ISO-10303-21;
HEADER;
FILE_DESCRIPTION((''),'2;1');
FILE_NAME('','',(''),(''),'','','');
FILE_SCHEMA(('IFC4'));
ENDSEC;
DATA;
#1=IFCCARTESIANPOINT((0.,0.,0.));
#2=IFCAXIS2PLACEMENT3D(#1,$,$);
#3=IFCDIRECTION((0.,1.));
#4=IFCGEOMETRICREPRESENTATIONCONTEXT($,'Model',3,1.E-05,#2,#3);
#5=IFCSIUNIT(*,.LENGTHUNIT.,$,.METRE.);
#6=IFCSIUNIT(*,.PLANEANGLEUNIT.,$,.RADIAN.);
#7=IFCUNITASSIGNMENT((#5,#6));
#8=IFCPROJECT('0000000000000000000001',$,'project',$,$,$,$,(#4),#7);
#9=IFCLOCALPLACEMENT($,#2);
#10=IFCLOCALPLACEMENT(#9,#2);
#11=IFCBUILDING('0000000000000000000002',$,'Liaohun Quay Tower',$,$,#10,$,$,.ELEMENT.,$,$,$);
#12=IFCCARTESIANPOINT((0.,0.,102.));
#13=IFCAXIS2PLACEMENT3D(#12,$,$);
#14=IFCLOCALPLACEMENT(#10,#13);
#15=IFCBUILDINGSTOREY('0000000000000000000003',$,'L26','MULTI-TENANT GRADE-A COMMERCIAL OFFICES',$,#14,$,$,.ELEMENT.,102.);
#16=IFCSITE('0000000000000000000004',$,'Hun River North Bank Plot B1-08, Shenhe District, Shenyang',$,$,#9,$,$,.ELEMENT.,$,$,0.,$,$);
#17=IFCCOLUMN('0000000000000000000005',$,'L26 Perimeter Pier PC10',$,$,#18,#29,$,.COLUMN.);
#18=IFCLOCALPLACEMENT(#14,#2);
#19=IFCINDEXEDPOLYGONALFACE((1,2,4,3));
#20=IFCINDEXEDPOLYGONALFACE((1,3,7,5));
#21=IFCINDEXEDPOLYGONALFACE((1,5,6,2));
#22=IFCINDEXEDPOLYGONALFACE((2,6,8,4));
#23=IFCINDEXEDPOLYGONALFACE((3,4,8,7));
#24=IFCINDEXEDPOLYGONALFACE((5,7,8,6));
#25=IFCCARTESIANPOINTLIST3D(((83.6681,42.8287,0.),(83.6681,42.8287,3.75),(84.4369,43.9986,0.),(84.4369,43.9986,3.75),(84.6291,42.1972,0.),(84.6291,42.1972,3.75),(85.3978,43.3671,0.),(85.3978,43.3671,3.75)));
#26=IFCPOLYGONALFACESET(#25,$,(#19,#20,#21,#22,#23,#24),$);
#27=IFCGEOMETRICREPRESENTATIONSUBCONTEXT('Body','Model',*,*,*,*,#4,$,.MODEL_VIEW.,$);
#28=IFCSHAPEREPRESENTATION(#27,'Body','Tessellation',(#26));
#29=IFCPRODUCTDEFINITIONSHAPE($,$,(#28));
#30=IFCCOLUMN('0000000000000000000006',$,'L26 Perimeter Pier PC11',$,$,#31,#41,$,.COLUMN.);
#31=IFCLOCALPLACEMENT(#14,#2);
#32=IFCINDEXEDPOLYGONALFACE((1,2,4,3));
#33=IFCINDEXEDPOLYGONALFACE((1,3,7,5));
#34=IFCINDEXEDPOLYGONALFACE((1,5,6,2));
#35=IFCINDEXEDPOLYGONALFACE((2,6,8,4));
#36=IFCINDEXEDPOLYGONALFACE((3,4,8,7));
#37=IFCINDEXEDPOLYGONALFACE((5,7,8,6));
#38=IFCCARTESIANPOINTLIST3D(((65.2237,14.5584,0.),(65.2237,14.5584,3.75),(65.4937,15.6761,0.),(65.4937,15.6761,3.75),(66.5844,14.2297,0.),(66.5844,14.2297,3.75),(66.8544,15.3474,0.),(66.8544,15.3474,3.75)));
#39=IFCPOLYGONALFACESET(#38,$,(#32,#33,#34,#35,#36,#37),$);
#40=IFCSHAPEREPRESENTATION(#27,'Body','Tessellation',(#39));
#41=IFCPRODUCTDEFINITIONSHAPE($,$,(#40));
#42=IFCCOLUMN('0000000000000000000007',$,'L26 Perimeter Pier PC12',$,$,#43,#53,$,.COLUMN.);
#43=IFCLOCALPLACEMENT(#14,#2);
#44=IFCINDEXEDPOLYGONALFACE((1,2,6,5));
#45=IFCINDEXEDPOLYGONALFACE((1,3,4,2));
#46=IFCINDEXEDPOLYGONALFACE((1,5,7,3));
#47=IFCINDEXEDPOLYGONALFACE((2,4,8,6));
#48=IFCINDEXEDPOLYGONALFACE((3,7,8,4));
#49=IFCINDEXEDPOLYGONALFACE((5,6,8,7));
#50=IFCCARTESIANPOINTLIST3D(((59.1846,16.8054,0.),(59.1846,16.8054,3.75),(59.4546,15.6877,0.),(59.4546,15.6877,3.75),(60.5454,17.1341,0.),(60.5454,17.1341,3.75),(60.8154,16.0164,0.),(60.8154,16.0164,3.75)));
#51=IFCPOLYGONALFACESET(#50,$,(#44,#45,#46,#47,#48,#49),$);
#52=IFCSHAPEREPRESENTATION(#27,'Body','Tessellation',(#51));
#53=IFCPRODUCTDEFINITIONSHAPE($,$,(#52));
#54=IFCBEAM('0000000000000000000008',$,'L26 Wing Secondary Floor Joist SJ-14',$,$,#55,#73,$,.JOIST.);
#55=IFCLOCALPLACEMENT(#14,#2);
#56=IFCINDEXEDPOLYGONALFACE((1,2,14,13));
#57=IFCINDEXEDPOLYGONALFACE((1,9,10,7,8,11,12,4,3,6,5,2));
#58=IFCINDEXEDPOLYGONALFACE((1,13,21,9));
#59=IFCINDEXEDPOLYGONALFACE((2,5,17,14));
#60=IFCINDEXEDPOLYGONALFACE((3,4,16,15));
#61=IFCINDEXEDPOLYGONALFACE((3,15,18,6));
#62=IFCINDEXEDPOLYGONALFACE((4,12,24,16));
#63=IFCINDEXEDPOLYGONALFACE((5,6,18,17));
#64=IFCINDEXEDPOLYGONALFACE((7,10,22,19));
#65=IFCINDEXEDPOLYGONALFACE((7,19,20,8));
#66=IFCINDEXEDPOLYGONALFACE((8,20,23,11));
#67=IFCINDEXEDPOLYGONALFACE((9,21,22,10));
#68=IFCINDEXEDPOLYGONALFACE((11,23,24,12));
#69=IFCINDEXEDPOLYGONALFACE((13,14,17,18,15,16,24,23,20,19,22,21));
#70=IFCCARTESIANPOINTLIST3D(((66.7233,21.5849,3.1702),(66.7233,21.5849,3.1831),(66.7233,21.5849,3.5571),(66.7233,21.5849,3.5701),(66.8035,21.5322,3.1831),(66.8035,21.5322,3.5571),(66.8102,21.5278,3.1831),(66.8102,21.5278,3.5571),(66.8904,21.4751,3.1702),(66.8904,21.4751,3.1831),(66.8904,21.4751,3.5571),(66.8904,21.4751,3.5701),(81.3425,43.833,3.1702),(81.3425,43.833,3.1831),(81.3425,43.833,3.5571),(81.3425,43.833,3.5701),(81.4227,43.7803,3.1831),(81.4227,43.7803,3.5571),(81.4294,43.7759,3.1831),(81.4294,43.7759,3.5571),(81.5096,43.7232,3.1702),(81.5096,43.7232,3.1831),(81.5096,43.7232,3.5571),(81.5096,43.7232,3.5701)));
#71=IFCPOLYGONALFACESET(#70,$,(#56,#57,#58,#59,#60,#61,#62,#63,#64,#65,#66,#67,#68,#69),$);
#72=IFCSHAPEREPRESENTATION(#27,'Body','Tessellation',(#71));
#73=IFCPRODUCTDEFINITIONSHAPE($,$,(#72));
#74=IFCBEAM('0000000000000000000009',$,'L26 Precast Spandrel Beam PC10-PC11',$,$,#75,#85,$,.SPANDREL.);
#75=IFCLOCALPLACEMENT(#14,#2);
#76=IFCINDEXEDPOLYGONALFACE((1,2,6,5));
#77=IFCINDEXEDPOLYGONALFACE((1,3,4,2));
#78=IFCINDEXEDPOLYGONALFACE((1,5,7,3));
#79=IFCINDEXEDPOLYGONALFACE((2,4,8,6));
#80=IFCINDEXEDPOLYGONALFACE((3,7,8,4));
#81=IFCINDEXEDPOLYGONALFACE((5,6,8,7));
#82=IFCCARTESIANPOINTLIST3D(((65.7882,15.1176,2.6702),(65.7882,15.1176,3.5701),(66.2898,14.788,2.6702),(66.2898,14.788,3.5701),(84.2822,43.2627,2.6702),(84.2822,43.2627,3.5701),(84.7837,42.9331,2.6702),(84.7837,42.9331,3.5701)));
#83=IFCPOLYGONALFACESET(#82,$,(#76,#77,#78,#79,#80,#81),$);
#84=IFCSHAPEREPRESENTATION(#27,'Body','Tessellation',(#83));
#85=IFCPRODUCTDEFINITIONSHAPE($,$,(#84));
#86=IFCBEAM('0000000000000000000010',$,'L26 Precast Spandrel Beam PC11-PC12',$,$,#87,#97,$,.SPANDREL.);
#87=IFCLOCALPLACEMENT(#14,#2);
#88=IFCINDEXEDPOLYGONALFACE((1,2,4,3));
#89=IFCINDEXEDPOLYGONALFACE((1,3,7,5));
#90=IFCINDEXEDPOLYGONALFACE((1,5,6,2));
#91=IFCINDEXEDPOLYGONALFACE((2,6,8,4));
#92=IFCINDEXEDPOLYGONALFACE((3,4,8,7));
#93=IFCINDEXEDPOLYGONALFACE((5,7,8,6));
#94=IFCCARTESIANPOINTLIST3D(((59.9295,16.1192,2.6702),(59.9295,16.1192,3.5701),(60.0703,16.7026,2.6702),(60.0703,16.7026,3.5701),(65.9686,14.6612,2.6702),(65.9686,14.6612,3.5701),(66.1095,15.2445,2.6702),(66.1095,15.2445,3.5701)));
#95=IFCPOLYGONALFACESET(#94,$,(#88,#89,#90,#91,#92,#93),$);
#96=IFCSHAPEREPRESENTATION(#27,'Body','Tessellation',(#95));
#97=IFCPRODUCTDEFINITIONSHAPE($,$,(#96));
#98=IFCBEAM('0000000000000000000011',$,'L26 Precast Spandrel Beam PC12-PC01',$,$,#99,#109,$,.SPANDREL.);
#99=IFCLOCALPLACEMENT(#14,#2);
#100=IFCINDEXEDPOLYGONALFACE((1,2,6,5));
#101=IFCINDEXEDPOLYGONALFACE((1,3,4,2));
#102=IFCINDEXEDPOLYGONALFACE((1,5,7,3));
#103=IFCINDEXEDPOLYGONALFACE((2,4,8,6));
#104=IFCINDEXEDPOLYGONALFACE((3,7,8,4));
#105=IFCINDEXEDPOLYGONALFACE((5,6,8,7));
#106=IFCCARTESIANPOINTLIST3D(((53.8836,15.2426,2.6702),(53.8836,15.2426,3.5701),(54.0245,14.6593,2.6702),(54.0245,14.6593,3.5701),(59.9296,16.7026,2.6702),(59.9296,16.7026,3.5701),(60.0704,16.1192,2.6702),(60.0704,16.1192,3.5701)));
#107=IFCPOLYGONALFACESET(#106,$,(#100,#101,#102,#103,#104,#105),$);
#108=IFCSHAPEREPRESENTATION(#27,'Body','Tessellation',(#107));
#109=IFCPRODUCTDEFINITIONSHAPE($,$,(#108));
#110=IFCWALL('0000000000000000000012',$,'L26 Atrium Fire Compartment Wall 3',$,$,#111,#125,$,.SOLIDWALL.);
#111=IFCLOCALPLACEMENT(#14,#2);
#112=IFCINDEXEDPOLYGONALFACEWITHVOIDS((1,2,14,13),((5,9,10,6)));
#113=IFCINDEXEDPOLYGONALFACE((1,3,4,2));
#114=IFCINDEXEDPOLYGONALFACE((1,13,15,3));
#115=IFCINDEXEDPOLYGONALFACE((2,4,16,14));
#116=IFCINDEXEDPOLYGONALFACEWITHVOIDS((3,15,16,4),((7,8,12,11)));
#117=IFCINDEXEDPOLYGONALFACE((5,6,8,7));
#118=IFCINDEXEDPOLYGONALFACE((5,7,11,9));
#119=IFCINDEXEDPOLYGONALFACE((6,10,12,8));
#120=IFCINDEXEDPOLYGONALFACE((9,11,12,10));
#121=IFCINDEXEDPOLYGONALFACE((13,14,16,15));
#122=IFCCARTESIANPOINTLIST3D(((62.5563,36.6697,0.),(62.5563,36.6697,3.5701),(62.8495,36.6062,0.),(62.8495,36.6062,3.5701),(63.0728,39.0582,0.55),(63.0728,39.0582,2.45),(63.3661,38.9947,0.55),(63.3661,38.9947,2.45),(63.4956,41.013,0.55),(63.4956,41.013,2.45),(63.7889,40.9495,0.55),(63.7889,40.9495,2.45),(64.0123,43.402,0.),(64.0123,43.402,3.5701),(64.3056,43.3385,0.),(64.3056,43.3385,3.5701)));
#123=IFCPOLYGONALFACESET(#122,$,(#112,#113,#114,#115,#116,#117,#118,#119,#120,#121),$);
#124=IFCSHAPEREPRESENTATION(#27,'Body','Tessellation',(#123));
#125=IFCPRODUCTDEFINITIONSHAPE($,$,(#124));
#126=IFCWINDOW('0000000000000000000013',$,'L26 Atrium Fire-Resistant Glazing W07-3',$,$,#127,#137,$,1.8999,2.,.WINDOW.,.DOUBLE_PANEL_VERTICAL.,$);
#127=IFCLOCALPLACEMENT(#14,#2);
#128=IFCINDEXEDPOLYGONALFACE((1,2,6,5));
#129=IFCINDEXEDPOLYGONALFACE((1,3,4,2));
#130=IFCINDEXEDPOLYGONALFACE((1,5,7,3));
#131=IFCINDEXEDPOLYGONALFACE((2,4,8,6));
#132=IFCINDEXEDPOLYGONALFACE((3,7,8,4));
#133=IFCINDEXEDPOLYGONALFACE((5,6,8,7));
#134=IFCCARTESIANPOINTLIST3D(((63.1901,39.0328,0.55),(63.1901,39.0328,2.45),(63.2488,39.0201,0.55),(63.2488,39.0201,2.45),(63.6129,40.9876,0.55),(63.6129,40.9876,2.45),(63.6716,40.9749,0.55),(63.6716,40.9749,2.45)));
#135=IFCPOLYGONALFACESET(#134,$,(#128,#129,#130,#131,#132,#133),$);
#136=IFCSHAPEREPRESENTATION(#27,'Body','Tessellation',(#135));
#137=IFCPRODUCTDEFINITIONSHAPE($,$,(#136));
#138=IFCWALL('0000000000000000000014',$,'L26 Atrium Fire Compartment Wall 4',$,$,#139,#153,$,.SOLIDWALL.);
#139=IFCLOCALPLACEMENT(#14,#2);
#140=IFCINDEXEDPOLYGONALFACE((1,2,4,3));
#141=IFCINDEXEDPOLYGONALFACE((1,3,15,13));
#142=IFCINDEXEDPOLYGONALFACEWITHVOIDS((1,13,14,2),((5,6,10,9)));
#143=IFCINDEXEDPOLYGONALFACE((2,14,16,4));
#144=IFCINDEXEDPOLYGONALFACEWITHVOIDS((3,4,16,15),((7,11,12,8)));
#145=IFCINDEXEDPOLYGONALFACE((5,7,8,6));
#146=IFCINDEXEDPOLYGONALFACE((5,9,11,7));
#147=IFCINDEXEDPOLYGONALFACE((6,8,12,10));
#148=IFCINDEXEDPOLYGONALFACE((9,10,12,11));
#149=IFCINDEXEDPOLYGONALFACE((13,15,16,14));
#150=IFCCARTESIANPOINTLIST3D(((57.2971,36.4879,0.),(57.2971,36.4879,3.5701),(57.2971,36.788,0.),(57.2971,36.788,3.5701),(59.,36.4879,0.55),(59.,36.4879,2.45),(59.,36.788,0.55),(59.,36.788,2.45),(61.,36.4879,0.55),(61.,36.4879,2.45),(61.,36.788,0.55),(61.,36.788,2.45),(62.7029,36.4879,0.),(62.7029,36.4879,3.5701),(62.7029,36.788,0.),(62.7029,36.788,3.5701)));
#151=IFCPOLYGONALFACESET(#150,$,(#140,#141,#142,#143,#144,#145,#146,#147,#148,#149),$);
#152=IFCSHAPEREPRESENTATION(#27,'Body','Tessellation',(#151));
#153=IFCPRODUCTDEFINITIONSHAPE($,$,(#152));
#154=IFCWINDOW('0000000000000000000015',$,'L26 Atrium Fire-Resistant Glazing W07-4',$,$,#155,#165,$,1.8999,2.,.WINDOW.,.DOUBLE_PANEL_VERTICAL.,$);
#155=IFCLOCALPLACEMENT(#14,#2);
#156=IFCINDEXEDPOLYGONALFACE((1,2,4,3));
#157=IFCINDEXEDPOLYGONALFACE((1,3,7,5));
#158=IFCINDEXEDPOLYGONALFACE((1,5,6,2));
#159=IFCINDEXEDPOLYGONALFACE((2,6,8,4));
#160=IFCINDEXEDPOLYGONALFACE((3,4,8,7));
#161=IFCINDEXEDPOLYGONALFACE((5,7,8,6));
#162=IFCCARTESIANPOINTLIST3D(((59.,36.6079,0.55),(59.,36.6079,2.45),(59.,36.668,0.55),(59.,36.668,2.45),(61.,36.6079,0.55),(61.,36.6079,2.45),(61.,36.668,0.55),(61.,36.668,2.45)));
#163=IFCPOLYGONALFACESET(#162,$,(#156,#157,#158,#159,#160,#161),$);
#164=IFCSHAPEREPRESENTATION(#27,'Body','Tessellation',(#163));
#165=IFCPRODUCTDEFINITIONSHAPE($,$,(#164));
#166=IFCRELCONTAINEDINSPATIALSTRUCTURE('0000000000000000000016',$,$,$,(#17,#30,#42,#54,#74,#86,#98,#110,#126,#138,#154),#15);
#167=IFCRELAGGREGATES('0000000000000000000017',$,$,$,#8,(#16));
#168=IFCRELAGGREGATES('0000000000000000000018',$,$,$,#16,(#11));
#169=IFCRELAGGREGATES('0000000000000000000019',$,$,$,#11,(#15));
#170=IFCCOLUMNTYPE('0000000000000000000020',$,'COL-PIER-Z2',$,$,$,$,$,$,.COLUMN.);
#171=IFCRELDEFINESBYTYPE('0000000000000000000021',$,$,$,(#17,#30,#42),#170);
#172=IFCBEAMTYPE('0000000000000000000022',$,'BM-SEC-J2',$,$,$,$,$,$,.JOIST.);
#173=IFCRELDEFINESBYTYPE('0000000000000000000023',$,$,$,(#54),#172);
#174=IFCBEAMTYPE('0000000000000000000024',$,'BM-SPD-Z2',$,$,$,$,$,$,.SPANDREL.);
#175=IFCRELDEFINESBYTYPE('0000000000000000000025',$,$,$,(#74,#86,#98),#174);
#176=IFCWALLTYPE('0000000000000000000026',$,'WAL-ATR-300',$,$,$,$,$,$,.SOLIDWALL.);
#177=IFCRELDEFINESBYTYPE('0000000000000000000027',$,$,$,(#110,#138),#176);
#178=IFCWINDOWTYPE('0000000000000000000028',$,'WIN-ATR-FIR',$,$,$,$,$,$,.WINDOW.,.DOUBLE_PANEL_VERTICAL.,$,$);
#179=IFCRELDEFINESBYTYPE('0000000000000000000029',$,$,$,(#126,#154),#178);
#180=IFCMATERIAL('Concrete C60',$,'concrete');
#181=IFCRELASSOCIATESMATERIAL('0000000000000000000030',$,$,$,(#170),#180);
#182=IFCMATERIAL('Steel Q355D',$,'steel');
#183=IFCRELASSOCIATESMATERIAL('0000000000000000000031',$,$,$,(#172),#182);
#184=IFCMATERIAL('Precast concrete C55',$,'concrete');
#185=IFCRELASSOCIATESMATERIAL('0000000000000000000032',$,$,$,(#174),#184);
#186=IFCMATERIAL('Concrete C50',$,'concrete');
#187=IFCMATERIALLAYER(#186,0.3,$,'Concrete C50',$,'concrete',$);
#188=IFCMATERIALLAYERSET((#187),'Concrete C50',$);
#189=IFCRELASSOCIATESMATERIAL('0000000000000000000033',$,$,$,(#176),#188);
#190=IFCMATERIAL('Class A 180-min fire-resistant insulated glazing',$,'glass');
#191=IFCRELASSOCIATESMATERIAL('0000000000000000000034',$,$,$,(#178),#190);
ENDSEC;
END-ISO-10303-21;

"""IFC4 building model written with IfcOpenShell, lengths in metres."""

from ifc_helpers import new_model, si_unit, direction, frame, frame_2d, origin, origin_2d, place, context, subcontext, project, spatial, rectangle, i_section, extrude, source, transform, mapped, material, layer, layer_set, material_profile, profile_set, type_object, element, fill, save


model = new_model("IFC4")

# Units and contexts
model_context = context("Model", 3, precision=1e-05, world=origin(), true_north=direction((0.0, 1.0)))
body_context = subcontext(model_context, "Body", "Model", "MODEL_VIEW")
ifc_project = project(units=[si_unit("LENGTHUNIT", "METRE"), si_unit("PLANEANGLEUNIT", "RADIAN")], contexts=[model_context])

# Site, building, storey
site_placement = place(None, origin())
site = spatial("IfcSite", under=ifc_project, at=site_placement, Name="Hun River North Bank Plot B1-08, Shenhe District, Shenyang", CompositionType="ELEMENT", RefElevation=0.0)
building_placement = place(site_placement, origin())
building = spatial("IfcBuilding", under=site, at=building_placement, Name="Liaohun Quay Tower", CompositionType="ELEMENT")
storey_placement = place(building_placement, frame((0.0, 0.0, 102.0)))
storey = spatial("IfcBuildingStorey", under=building, at=storey_placement, Name="L26", Description="MULTI-TENANT GRADE-A COMMERCIAL OFFICES", CompositionType="ELEMENT", Elevation=102.0)

# Columns
ifc_material_1 = material(Name="Concrete C60", Category="concrete")
ifc_material_profile_1 = material_profile(ifc_material_1, rectangle(XDim=1.3999, YDim=1.1499, at=origin_2d()), Name="RC1400x1150")
ifc_profile_set_1 = profile_set([ifc_material_profile_1], Name="Concrete C60")
column_type = type_object("IfcColumnType", Name="COL-PIER-Z2", PredefinedType="COLUMN", material=ifc_profile_set_1)
shared_shape_1 = source(origin(), body_context, "Body", "SweptSolid", [
    extrude(rectangle(XDim=1.3999, YDim=1.1499, at=origin_2d()), origin(), (0.0, 0.0, 1.0), 3.75),
])
for number, where, z_axis, x_axis, name in (
    (1, (84.533, 43.0979, 0.0), (0.0, 0.0, 1.0), (0.549169, 0.835712, 0.0), "L26 Perimeter Pier PC10"),
    (2, (66.0391, 14.9529, 0.0), (0.0, 0.0, 1.0), (-0.972043, 0.234803, 0.0), "L26 Perimeter Pier PC11"),
    (3, (60.0, 16.4109, 0.0), (0.0, 0.0, 1.0), (0.972043, 0.234803, 0.0), "L26 Perimeter Pier PC12"),
):
    element("IfcColumn", number, at=place(storey_placement, frame(where, z_axis=z_axis, x_axis=x_axis)), inside=storey, type_object=column_type, Name=name, PredefinedType="COLUMN", context=body_context, shape_type="MappedRepresentation", body=[
        mapped(shared_shape_1, transform((0.0, 0.0, 0.0), x_axis=(1.0, 0.0, 0.0), y_axis=(0.0, 1.0, 0.0), z_axis=(0.0, 0.0, 1.0), scale=1.0)),
    ])

# Beams
ifc_material_2 = material(Name="Steel Q355D", Category="steel")
ifc_material_profile_2 = material_profile(ifc_material_2, i_section(OverallWidth=0.2, OverallDepth=0.3999, WebThickness=0.0081, FlangeThickness=0.0129, at=origin_2d()), Name="HN400x200x8x13")
ifc_profile_set_2 = profile_set([ifc_material_profile_2], Name="Steel Q355D")
beam_type_1 = type_object("IfcBeamType", Name="BM-SEC-J2", PredefinedType="JOIST", material=ifc_profile_set_2)
shared_shape_2 = source(origin(), body_context, "Body", "SweptSolid", [
    extrude(i_section(OverallWidth=0.2, OverallDepth=0.3999, WebThickness=0.0081, FlangeThickness=0.0129, at=origin_2d()), origin(), (0.0, 0.0, 1.0), 26.6213),
])
beam_1_placement = place(storey_placement, frame((81.426, 43.7781, 3.3701), z_axis=(-0.549152, -0.835723, 0.0), x_axis=(0.835723, -0.549152, 0.0)))
element("IfcBeam", 4, at=beam_1_placement, inside=storey, type_object=beam_type_1, Name="L26 Wing Secondary Floor Joist SJ-14", PredefinedType="JOIST", context=body_context, shape_type="MappedRepresentation", body=[
    mapped(shared_shape_2, transform((0.0, 0.0, 0.0), x_axis=(1.0, 0.0, 0.0), y_axis=(0.0, 1.0, 0.0), z_axis=(0.0, 0.0, 1.0), scale=1.0)),
])
ifc_material_3 = material(Name="Precast concrete C55", Category="concrete")
ifc_material_profile_3 = material_profile(ifc_material_3, rectangle(XDim=0.6001, YDim=0.8999, at=origin_2d()), Name="RC600x900")
ifc_profile_set_3 = profile_set([ifc_material_profile_3], Name="Precast concrete C55")
beam_type_2 = type_object("IfcBeamType", Name="BM-SPD-Z2", PredefinedType="SPANDREL", material=ifc_profile_set_3)
shared_shape_3 = source(origin(), body_context, "Body", "SweptSolid", [
    extrude(rectangle(XDim=0.6001, YDim=0.8999, at=origin_2d()), origin(), (0.0, 0.0, 1.0), 33.6775),
])
beam_2_placement = place(storey_placement, frame((84.533, 43.0979, 3.1201), z_axis=(-0.549149, -0.835725, 0.0), x_axis=(0.835725, -0.549149, 0.0)))
element("IfcBeam", 5, at=beam_2_placement, inside=storey, type_object=beam_type_2, Name="L26 Precast Spandrel Beam PC10-PC11", PredefinedType="SPANDREL", context=body_context, shape_type="MappedRepresentation", body=[
    mapped(shared_shape_3, transform((0.0, 0.0, 0.0), x_axis=(1.0, 0.0, 0.0), y_axis=(0.0, 1.0, 0.0), z_axis=(0.0, 0.0, 1.0), scale=1.0)),
])
shared_shape_4 = source(origin(), body_context, "Body", "SweptSolid", [
    extrude(rectangle(XDim=0.6001, YDim=0.8999, at=origin_2d()), origin(), (0.0, 0.0, 1.0), 6.2126),
])
beam_3_placement = place(storey_placement, frame((66.0391, 14.9529, 3.1201), z_axis=(-0.972071, 0.234687, 0.0), x_axis=(-0.234687, -0.972071, 0.0)))
element("IfcBeam", 6, at=beam_3_placement, inside=storey, type_object=beam_type_2, Name="L26 Precast Spandrel Beam PC11-PC12", PredefinedType="SPANDREL", context=body_context, shape_type="MappedRepresentation", body=[
    mapped(shared_shape_4, transform((0.0, 0.0, 0.0), x_axis=(1.0, 0.0, 0.0), y_axis=(0.0, 1.0, 0.0), z_axis=(0.0, 0.0, 1.0), scale=1.0)),
])
shared_shape_5 = source(origin(), body_context, "Body", "SweptSolid", [
    extrude(rectangle(XDim=0.6001, YDim=0.8999, at=origin_2d()), origin(), (0.0, 0.0, 1.0), 6.2197),
])
beam_4_placement = place(storey_placement, frame((60.0, 16.4109, 3.1201), z_axis=(-0.97206, -0.234733, 0.0), x_axis=(0.234733, -0.97206, 0.0)))
element("IfcBeam", 7, at=beam_4_placement, inside=storey, type_object=beam_type_2, Name="L26 Precast Spandrel Beam PC12-PC01", PredefinedType="SPANDREL", context=body_context, shape_type="MappedRepresentation", body=[
    mapped(shared_shape_5, transform((0.0, 0.0, 0.0), x_axis=(1.0, 0.0, 0.0), y_axis=(0.0, 1.0, 0.0), z_axis=(0.0, 0.0, 1.0), scale=1.0)),
])

# Walls, openings, windows
ifc_material_4 = material(Name="Concrete C50", Category="concrete")
ifc_layer_1 = layer(ifc_material_4, 0.3, Name="Concrete C50", Category="concrete")
ifc_layer_set_1 = layer_set([ifc_layer_1], Name="Concrete C50")
wall_type_1 = type_object("IfcWallType", Name="WAL-ATR-300", PredefinedType="SOLIDWALL", material=ifc_layer_set_1)
wall_1_placement = place(storey_placement, frame((64.1589, 43.3701, 0.0), z_axis=(0.0, 0.0, 1.0), x_axis=(-0.211395, -0.977401, 0.0)))
wall_1 = element("IfcWall", 8, at=wall_1_placement, inside=storey, type_object=wall_type_1, Name="L26 Atrium Fire Compartment Wall 3", PredefinedType="SOLIDWALL", context=body_context, shape_type="SweptSolid", body=[
    extrude(rectangle(XDim=6.8879, YDim=0.3, at=frame_2d((3.4438, 0.0))), origin(), (0.0, 0.0, 1.0), 3.5701),
])
shared_shape_6 = source(origin(), body_context, "Body", "SweptSolid", [
    extrude(rectangle(XDim=2.0, YDim=1.8999, at=frame_2d((1.0, 0.95))), frame((0.0, 0.1599, 0.0), z_axis=(0.0, -1.0, 0.0), x_axis=(1.0, 0.0, 0.0)), (0.0, 0.0, 1.0), 0.3201),
])
opening_1_placement = place(wall_1_placement, frame((2.4441, 0.0, 0.55)))
opening_1 = element("IfcOpeningElement", 9, at=opening_1_placement, cuts=wall_1, PredefinedType="OPENING", context=body_context, shape_type="MappedRepresentation", body=[
    mapped(shared_shape_6, transform((0.0, 0.0, 0.0), x_axis=(1.0, 0.0, 0.0), y_axis=(0.0, 1.0, 0.0), z_axis=(0.0, 0.0, 1.0), scale=1.0)),
])
ifc_material_5 = material(Name="Class A 180-min fire-resistant insulated glazing", Category="glass")
window_type_1 = type_object("IfcWindowType", Name="WIN-ATR-FIR", PartitioningType="DOUBLE_PANEL_VERTICAL", PredefinedType="WINDOW", material=ifc_material_5)
shared_shape_7 = source(origin(), body_context, "Body", "SweptSolid", [
    extrude(rectangle(XDim=2.0, YDim=1.8999, at=frame_2d((1.0, 0.95))), frame((0.0, 0.03, 0.0), z_axis=(0.0, -1.0, 0.0), x_axis=(1.0, 0.0, 0.0)), (0.0, 0.0, 1.0), 0.0601),
])
window_1_placement = place(opening_1_placement, origin())
window_1 = element("IfcWindow", 10, at=window_1_placement, inside=storey, type_object=window_type_1, Name="L26 Atrium Fire-Resistant Glazing W07-3", OverallHeight=1.8999, OverallWidth=2.0, PartitioningType="DOUBLE_PANEL_VERTICAL", PredefinedType="WINDOW", context=body_context, shape_type="MappedRepresentation", body=[
    mapped(shared_shape_7, transform((0.0, 0.0, 0.0), x_axis=(1.0, 0.0, 0.0), y_axis=(0.0, 1.0, 0.0), z_axis=(0.0, 0.0, 1.0), scale=1.0)),
])
fill(opening_1, window_1)
wall_2_placement = place(storey_placement, frame((62.7029, 36.6379, 0.0), z_axis=(0.0, 0.0, 1.0), x_axis=(-1.0, 0.0, 0.0)))
wall_2 = element("IfcWall", 11, at=wall_2_placement, inside=storey, type_object=wall_type_1, Name="L26 Atrium Fire Compartment Wall 4", PredefinedType="SOLIDWALL", context=body_context, shape_type="SweptSolid", body=[
    extrude(rectangle(XDim=5.4058, YDim=0.3, at=frame_2d((2.7029, 0.0))), origin(), (0.0, 0.0, 1.0), 3.5701),
])
opening_2_placement = place(wall_2_placement, frame((1.7029, 0.0, 0.55)))
opening_2 = element("IfcOpeningElement", 12, at=opening_2_placement, cuts=wall_2, PredefinedType="OPENING", context=body_context, shape_type="MappedRepresentation", body=[
    mapped(shared_shape_6, transform((0.0, 0.0, 0.0), x_axis=(1.0, 0.0, 0.0), y_axis=(0.0, 1.0, 0.0), z_axis=(0.0, 0.0, 1.0), scale=1.0)),
])
window_2_placement = place(opening_2_placement, origin())
window_2 = element("IfcWindow", 13, at=window_2_placement, inside=storey, type_object=window_type_1, Name="L26 Atrium Fire-Resistant Glazing W07-4", OverallHeight=1.8999, OverallWidth=2.0, PartitioningType="DOUBLE_PANEL_VERTICAL", PredefinedType="WINDOW", context=body_context, shape_type="MappedRepresentation", body=[
    mapped(shared_shape_7, transform((0.0, 0.0, 0.0), x_axis=(1.0, 0.0, 0.0), y_axis=(0.0, 1.0, 0.0), z_axis=(0.0, 0.0, 1.0), scale=1.0)),
])
fill(opening_2, window_2)

save(model, "model.ifc")
